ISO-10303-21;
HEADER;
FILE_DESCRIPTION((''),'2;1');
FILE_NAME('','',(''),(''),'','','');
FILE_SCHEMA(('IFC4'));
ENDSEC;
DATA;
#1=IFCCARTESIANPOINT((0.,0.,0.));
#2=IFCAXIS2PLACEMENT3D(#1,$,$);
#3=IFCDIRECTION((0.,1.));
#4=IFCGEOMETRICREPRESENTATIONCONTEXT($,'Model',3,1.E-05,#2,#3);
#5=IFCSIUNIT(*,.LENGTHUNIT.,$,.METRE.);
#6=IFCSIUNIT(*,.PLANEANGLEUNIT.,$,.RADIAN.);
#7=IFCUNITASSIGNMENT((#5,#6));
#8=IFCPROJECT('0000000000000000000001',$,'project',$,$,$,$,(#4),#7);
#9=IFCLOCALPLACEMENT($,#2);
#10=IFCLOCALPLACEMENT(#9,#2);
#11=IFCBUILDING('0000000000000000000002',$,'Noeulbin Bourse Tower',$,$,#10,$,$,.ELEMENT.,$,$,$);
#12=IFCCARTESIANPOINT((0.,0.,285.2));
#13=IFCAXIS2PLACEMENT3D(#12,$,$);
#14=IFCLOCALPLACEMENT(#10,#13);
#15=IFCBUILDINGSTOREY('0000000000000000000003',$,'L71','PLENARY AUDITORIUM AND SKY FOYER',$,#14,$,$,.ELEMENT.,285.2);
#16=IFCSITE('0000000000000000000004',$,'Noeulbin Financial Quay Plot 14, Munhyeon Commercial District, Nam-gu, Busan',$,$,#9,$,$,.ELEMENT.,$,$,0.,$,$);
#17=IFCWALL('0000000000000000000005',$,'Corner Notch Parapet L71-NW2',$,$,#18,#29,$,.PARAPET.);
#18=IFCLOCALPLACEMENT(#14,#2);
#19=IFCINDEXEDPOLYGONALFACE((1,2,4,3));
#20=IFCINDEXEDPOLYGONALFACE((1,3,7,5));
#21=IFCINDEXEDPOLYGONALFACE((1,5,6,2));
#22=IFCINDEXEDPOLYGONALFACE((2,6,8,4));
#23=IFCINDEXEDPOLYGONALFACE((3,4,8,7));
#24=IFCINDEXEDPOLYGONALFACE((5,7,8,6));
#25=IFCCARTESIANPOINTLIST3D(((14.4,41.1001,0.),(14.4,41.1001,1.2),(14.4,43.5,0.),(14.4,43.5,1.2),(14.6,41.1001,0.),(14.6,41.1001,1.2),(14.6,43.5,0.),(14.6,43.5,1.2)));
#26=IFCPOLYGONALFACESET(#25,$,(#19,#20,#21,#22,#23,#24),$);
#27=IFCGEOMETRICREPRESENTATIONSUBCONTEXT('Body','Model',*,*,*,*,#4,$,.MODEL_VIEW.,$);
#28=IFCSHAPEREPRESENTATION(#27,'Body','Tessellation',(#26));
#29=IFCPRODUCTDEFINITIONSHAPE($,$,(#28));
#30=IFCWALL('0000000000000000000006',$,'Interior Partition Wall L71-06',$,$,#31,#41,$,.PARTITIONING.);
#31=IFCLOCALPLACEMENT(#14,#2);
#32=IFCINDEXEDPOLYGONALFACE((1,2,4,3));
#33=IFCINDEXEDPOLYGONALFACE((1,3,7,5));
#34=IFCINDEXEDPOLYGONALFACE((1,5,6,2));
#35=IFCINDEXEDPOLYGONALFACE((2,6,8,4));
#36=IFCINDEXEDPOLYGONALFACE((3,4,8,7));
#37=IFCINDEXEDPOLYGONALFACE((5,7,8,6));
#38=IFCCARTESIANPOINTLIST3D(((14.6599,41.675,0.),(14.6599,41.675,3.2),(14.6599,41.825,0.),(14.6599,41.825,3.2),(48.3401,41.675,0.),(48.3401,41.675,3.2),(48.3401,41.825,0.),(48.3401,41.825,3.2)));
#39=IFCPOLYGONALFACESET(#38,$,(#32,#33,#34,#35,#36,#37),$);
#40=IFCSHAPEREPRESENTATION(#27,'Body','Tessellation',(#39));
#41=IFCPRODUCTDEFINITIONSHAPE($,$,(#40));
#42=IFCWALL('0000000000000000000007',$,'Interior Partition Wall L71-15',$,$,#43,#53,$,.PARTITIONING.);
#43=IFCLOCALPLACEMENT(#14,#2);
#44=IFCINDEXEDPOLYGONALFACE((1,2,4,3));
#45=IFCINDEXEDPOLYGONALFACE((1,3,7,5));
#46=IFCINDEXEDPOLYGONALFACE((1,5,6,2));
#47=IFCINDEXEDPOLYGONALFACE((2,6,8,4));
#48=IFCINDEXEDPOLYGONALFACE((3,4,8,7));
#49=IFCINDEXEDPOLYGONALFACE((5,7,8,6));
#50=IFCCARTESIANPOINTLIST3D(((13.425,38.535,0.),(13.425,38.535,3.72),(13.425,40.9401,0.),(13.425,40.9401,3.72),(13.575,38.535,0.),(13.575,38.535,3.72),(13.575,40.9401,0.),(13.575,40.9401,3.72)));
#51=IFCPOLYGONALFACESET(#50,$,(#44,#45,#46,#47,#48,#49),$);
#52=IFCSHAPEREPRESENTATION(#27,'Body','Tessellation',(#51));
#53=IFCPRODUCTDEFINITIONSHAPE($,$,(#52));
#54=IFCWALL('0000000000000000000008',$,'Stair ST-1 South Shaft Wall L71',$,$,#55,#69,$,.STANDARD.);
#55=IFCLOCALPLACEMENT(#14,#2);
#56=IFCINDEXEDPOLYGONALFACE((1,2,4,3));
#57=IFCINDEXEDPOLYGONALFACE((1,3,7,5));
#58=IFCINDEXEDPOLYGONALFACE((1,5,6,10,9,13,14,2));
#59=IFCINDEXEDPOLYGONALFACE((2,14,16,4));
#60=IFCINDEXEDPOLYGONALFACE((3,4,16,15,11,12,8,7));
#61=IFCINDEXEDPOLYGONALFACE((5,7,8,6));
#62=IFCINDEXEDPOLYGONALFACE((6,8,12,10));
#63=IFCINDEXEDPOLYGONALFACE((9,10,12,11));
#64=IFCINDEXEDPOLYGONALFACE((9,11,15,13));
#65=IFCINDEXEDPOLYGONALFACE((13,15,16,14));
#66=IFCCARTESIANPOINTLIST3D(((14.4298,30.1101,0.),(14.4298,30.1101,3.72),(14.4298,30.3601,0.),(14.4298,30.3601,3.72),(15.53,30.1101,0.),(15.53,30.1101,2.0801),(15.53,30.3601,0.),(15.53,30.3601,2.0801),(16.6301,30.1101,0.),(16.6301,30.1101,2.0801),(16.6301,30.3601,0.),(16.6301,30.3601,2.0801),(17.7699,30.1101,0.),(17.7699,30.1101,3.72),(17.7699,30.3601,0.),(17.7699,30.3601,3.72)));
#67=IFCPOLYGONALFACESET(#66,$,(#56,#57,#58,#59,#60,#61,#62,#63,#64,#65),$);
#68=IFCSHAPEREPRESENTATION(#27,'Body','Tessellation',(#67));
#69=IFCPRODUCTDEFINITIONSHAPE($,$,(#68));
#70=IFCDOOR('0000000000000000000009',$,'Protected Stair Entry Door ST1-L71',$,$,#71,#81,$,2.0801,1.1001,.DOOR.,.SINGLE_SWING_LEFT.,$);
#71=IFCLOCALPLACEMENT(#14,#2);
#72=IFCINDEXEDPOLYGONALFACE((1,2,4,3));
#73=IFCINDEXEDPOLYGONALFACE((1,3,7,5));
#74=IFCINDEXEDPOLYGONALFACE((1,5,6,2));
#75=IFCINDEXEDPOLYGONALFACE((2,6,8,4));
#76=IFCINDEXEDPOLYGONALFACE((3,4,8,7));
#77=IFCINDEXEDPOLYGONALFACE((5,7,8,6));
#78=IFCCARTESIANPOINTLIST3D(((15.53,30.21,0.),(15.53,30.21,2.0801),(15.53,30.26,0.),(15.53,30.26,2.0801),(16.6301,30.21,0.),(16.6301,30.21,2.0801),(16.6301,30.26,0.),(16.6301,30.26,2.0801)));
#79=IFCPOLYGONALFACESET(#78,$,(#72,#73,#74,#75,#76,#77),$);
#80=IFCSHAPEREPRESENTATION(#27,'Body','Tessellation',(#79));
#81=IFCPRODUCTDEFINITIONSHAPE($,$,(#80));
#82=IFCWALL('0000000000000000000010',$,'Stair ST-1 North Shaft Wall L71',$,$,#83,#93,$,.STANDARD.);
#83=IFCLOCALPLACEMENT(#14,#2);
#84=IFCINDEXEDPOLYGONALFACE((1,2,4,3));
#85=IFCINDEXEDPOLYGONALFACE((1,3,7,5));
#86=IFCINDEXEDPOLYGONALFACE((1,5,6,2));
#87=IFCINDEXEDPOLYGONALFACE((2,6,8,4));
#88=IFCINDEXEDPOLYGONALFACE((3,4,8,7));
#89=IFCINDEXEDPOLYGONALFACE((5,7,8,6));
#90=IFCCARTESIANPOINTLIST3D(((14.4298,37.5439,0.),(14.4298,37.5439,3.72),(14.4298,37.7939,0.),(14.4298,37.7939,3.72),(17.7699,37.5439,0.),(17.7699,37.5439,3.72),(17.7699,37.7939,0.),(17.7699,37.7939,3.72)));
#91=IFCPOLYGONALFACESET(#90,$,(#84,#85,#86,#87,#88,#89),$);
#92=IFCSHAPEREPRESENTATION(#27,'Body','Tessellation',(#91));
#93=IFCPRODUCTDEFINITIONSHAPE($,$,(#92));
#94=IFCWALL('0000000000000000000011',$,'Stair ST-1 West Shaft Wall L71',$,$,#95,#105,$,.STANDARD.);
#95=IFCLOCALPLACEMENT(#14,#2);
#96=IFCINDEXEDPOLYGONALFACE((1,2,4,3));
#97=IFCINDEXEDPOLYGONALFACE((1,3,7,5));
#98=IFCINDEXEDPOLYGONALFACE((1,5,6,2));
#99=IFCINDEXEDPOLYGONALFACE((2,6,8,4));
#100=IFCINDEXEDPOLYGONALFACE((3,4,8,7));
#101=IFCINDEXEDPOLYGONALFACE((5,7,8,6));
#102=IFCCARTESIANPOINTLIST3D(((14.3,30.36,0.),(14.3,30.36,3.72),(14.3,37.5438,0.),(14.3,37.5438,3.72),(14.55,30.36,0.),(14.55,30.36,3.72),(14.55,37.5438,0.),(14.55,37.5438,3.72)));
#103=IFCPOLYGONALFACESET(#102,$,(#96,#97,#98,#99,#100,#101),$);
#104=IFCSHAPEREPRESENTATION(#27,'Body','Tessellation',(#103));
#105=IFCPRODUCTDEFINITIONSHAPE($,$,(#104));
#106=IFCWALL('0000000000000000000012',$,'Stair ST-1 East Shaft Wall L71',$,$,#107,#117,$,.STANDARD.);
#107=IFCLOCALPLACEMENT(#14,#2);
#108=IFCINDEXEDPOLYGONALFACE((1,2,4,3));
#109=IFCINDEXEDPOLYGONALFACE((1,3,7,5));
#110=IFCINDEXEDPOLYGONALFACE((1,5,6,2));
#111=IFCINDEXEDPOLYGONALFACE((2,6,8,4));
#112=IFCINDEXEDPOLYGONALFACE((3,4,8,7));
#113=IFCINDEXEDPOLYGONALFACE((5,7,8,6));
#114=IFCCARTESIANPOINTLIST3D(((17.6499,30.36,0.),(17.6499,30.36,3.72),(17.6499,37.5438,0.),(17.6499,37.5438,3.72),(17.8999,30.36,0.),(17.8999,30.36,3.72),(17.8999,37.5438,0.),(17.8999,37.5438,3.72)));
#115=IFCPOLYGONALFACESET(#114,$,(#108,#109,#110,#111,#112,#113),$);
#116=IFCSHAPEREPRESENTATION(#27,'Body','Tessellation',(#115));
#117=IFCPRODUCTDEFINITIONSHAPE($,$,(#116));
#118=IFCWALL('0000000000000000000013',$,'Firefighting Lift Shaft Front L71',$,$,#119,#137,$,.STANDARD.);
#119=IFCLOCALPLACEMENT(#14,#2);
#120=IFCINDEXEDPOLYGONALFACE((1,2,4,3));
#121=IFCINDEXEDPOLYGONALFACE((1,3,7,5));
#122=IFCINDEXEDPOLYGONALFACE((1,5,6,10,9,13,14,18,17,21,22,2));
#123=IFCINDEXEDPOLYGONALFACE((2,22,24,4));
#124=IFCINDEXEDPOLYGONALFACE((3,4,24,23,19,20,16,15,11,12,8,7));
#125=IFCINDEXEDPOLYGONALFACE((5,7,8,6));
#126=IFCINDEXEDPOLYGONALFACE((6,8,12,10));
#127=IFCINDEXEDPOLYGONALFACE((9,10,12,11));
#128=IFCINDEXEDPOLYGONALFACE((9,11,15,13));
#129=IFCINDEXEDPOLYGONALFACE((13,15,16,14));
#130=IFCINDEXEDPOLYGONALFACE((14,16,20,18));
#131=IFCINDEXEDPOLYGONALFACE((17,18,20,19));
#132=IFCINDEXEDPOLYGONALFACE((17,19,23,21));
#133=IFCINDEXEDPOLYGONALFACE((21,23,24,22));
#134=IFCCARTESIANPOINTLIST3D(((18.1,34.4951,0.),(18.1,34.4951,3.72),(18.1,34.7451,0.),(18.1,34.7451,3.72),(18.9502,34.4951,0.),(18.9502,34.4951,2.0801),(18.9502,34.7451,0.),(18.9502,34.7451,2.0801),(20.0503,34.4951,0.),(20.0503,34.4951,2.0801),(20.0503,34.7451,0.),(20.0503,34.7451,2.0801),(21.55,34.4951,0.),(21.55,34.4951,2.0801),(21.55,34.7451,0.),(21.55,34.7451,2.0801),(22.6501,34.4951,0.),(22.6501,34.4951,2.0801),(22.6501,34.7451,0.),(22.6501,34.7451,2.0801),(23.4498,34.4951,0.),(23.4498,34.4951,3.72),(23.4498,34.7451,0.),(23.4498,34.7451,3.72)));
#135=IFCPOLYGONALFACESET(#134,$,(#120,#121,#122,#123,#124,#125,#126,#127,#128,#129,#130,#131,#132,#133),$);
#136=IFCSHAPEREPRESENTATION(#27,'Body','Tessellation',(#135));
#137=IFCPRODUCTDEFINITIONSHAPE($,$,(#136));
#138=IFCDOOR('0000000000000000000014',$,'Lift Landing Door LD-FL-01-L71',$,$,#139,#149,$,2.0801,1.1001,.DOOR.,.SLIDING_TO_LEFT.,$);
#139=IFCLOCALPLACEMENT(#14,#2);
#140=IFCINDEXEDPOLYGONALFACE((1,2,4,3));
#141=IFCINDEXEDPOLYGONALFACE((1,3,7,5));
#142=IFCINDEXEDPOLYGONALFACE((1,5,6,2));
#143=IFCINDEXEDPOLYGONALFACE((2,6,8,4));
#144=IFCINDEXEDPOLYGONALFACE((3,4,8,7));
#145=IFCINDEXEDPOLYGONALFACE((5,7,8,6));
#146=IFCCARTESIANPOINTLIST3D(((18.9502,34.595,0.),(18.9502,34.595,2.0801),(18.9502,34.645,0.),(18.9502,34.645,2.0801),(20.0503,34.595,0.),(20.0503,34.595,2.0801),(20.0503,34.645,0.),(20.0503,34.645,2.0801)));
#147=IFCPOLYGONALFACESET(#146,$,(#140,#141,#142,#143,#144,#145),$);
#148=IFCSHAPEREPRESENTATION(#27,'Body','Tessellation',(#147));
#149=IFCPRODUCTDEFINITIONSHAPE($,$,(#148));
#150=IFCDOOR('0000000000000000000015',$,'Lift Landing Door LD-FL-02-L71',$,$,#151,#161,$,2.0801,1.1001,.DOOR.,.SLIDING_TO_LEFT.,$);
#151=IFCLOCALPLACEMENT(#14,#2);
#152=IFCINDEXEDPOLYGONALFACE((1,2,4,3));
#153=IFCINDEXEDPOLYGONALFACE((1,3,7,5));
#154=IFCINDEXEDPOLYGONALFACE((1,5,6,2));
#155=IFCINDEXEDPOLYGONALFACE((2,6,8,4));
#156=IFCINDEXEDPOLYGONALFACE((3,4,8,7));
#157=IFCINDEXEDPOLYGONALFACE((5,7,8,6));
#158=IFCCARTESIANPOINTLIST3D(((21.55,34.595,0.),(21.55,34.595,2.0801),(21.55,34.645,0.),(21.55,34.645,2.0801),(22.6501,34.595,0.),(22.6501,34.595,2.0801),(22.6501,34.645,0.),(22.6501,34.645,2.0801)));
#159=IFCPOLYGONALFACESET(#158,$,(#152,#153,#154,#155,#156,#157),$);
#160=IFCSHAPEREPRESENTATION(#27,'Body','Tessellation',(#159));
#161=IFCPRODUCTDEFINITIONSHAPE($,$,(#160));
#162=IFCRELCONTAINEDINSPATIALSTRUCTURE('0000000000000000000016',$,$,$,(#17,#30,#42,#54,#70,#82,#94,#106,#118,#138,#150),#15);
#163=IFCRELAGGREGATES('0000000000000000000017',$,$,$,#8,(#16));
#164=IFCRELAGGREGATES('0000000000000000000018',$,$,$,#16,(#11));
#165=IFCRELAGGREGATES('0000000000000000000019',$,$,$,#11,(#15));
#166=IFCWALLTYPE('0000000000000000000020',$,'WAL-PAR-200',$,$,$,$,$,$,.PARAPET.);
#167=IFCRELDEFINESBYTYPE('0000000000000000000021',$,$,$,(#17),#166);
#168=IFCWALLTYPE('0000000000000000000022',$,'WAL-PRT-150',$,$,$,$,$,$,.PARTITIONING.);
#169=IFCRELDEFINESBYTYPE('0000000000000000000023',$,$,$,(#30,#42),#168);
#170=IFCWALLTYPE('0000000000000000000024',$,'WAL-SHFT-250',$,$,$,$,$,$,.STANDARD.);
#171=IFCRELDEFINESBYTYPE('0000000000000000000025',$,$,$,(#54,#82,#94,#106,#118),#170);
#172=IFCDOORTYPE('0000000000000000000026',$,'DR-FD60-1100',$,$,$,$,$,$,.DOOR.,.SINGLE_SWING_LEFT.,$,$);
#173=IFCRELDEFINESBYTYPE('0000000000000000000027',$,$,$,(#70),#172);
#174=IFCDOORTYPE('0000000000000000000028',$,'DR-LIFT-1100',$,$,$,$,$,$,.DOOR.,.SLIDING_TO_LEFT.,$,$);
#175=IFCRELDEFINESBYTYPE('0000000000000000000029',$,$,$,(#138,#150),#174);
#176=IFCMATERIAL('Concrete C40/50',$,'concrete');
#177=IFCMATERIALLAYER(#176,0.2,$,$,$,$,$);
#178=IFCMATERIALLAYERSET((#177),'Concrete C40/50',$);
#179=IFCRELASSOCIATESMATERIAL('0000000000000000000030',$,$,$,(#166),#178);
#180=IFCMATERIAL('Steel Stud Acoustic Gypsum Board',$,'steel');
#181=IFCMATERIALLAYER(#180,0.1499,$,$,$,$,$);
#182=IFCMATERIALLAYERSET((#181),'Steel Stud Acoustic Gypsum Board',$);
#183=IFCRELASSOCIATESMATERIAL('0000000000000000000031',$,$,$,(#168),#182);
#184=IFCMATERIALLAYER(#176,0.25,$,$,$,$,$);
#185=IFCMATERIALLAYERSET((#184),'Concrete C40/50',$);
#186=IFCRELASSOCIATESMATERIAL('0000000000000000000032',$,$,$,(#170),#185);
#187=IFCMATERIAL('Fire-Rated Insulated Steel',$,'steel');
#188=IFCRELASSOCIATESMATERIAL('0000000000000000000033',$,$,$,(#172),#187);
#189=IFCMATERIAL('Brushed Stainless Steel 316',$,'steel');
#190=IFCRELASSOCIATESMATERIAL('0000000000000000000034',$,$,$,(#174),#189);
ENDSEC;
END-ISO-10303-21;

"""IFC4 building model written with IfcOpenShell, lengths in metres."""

from ifc_helpers import new_model, si_unit, direction, frame, frame_2d, origin, place, context, subcontext, project, spatial, rectangle, extrude, material, layer, layer_set, type_object, element, fill, save


model = new_model("IFC4")

# Units and contexts
model_context = context("Model", 3, precision=1e-05, world=origin(), true_north=direction((0.0, 1.0)))
body_context = subcontext(model_context, "Body", "Model", "MODEL_VIEW")
ifc_project = project(units=[si_unit("LENGTHUNIT", "METRE"), si_unit("PLANEANGLEUNIT", "RADIAN")], contexts=[model_context])

# Site, building, storey
site_placement = place(None, origin())
site = spatial("IfcSite", under=ifc_project, at=site_placement, Name="Noeulbin Financial Quay Plot 14, Munhyeon Commercial District, Nam-gu, Busan", CompositionType="ELEMENT", RefElevation=0.0)
building_placement = place(site_placement, origin())
building = spatial("IfcBuilding", under=site, at=building_placement, Name="Noeulbin Bourse Tower", CompositionType="ELEMENT")
storey_placement = place(building_placement, frame((0.0, 0.0, 285.2)))
storey = spatial("IfcBuildingStorey", under=building, at=storey_placement, Name="L71", Description="PLENARY AUDITORIUM AND SKY FOYER", CompositionType="ELEMENT", Elevation=285.2)

# Walls
ifc_material_1 = material(Name="Concrete C40/50", Category="concrete")
ifc_layer_1 = layer(ifc_material_1, 0.2)
ifc_layer_set_1 = layer_set([ifc_layer_1], Name="Concrete C40/50")
wall_type_1 = type_object("IfcWallType", Name="WAL-PAR-200", PredefinedType="PARAPET", material=ifc_layer_set_1)
for number, where, z_axis, x_axis, name in (
    (1, (14.5, 41.1001, 0.0), (0.0, 0.0, 1.0), (0.0, 1.0, 0.0), "Corner Notch Parapet L71-NW2"),
):
    element("IfcWall", number, at=place(storey_placement, frame(where, z_axis=z_axis, x_axis=x_axis)), inside=storey, type_object=wall_type_1, Name=name, PredefinedType="PARAPET", context=body_context, shape_type="SweptSolid", body=[
        extrude(rectangle(XDim=2.3999, YDim=0.2, at=frame_2d((1.2, 0.0))), origin(), (0.0, 0.0, 1.0), 1.2),
    ])
ifc_material_2 = material(Name="Steel Stud Acoustic Gypsum Board", Category="steel")
ifc_layer_2 = layer(ifc_material_2, 0.1499)
ifc_layer_set_2 = layer_set([ifc_layer_2], Name="Steel Stud Acoustic Gypsum Board")
wall_type_2 = type_object("IfcWallType", Name="WAL-PRT-150", PredefinedType="PARTITIONING", material=ifc_layer_set_2)
wall_1_placement = place(storey_placement, frame((14.6599, 41.75, 0.0), z_axis=(0.0, 0.0, 1.0), x_axis=(1.0, 0.0, 0.0)))
element("IfcWall", 2, at=wall_1_placement, inside=storey, type_object=wall_type_2, Name="Interior Partition Wall L71-06", PredefinedType="PARTITIONING", context=body_context, shape_type="SweptSolid", body=[
    extrude(rectangle(XDim=33.6802, YDim=0.1499, at=frame_2d((16.8401, 0.0))), origin(), (0.0, 0.0, 1.0), 3.2),
])
wall_2_placement = place(storey_placement, frame((13.5, 38.5349, 0.0), z_axis=(0.0, 0.0, 1.0), x_axis=(0.0, 1.0, 0.0)))
element("IfcWall", 3, at=wall_2_placement, inside=storey, type_object=wall_type_2, Name="Interior Partition Wall L71-15", PredefinedType="PARTITIONING", context=body_context, shape_type="SweptSolid", body=[
    extrude(rectangle(XDim=2.405, YDim=0.1499, at=frame_2d((1.2026, 0.0))), origin(), (0.0, 0.0, 1.0), 3.72),
])

# Wall, opening, door
ifc_layer_3 = layer(ifc_material_1, 0.25)
ifc_layer_set_3 = layer_set([ifc_layer_3], Name="Concrete C40/50")
wall_type_3 = type_object("IfcWallType", Name="WAL-SHFT-250", PredefinedType="STANDARD", material=ifc_layer_set_3)
wall_3_placement = place(storey_placement, frame((14.4299, 30.2351, 0.0), z_axis=(0.0, 0.0, 1.0), x_axis=(1.0, 0.0, 0.0)))
wall_3 = element("IfcWall", 4, at=wall_3_placement, inside=storey, type_object=wall_type_3, Name="Stair ST-1 South Shaft Wall L71", PredefinedType="STANDARD", context=body_context, shape_type="SweptSolid", body=[
    extrude(rectangle(XDim=3.3401, YDim=0.25, at=frame_2d((1.6699, 0.0))), origin(), (0.0, 0.0, 1.0), 3.72),
])
opening_1_placement = place(wall_3_placement, frame((1.1001, 0.0, 0.0)))
opening_1 = element("IfcOpeningElement", 5, at=opening_1_placement, cuts=wall_3, PredefinedType="OPENING", context=body_context, shape_type="SweptSolid", body=[
    extrude(rectangle(XDim=1.1001, YDim=2.0801, at=frame_2d((0.55, 1.04))), frame((0.0, 0.135, 0.0), z_axis=(0.0, -1.0, 0.0), x_axis=(1.0, 0.0, 0.0)), (0.0, 0.0, 1.0), 0.27),
])
ifc_material_3 = material(Name="Fire-Rated Insulated Steel", Category="steel")
door_type_1 = type_object("IfcDoorType", Name="DR-FD60-1100", OperationType="SINGLE_SWING_LEFT", PredefinedType="DOOR", material=ifc_material_3)
door_1_placement = place(opening_1_placement, origin())
door_1 = element("IfcDoor", 6, at=door_1_placement, inside=storey, type_object=door_type_1, Name="Protected Stair Entry Door ST1-L71", OperationType="SINGLE_SWING_LEFT", OverallHeight=2.0801, OverallWidth=1.1001, PredefinedType="DOOR", context=body_context, shape_type="SweptSolid", body=[
    extrude(rectangle(XDim=1.1001, YDim=2.0801, at=frame_2d((0.55, 1.04))), frame((0.0, 0.0249, 0.0), z_axis=(0.0, -1.0, 0.0), x_axis=(1.0, 0.0, 0.0)), (0.0, 0.0, 1.0), 0.05),
])
fill(opening_1, door_1)

# Walls
wall_4_placement = place(storey_placement, frame((14.4299, 37.6689, 0.0), z_axis=(0.0, 0.0, 1.0), x_axis=(1.0, 0.0, 0.0)))
element("IfcWall", 7, at=wall_4_placement, inside=storey, type_object=wall_type_3, Name="Stair ST-1 North Shaft Wall L71", PredefinedType="STANDARD", context=body_context, shape_type="SweptSolid", body=[
    extrude(rectangle(XDim=3.3401, YDim=0.25, at=frame_2d((1.6699, 0.0))), origin(), (0.0, 0.0, 1.0), 3.72),
])
for number, where, z_axis, x_axis, name in (
    (8, (14.425, 30.3601, 0.0), (0.0, 0.0, 1.0), (0.0, 1.0, 0.0), "Stair ST-1 West Shaft Wall L71"),
    (9, (17.7749, 30.3601, 0.0), (0.0, 0.0, 1.0), (0.0, 1.0, 0.0), "Stair ST-1 East Shaft Wall L71"),
):
    element("IfcWall", number, at=place(storey_placement, frame(where, z_axis=z_axis, x_axis=x_axis)), inside=storey, type_object=wall_type_3, Name=name, PredefinedType="STANDARD", context=body_context, shape_type="SweptSolid", body=[
        extrude(rectangle(XDim=7.1838, YDim=0.25, at=frame_2d((3.5918, 0.0))), origin(), (0.0, 0.0, 1.0), 3.72),
    ])

# Wall, openings, doors
wall_5_placement = place(storey_placement, frame((18.1001, 34.6201, 0.0), z_axis=(0.0, 0.0, 1.0), x_axis=(1.0, 0.0, 0.0)))
wall_5 = element("IfcWall", 10, at=wall_5_placement, inside=storey, type_object=wall_type_3, Name="Firefighting Lift Shaft Front L71", PredefinedType="STANDARD", context=body_context, shape_type="SweptSolid", body=[
    extrude(rectangle(XDim=5.3499, YDim=0.25, at=frame_2d((2.6748, 0.0))), origin(), (0.0, 0.0, 1.0), 3.72),
])
opening_2_placement = place(wall_5_placement, frame((0.8501, 0.0, 0.0)))
opening_2 = element("IfcOpeningElement", 11, at=opening_2_placement, cuts=wall_5, PredefinedType="OPENING", context=body_context, shape_type="SweptSolid", body=[
    extrude(rectangle(XDim=1.1001, YDim=2.0801, at=frame_2d((0.55, 1.04))), frame((0.0, 0.135, 0.0), z_axis=(0.0, -1.0, 0.0), x_axis=(1.0, 0.0, 0.0)), (0.0, 0.0, 1.0), 0.27),
])
opening_3_placement = place(wall_5_placement, frame((3.45, 0.0, 0.0)))
opening_3 = element("IfcOpeningElement", 12, at=opening_3_placement, cuts=wall_5, PredefinedType="OPENING", context=body_context, shape_type="SweptSolid", body=[
    extrude(rectangle(XDim=1.1001, YDim=2.0801, at=frame_2d((0.55, 1.04))), frame((0.0, 0.135, 0.0), z_axis=(0.0, -1.0, 0.0), x_axis=(1.0, 0.0, 0.0)), (0.0, 0.0, 1.0), 0.27),
])
ifc_material_4 = material(Name="Brushed Stainless Steel 316", Category="steel")
door_type_2 = type_object("IfcDoorType", Name="DR-LIFT-1100", OperationType="SLIDING_TO_LEFT", PredefinedType="DOOR", material=ifc_material_4)
door_2_placement = place(opening_2_placement, origin())
door_2 = element("IfcDoor", 13, at=door_2_placement, inside=storey, type_object=door_type_2, Name="Lift Landing Door LD-FL-01-L71", OperationType="SLIDING_TO_LEFT", OverallHeight=2.0801, OverallWidth=1.1001, PredefinedType="DOOR", context=body_context, shape_type="SweptSolid", body=[
    extrude(rectangle(XDim=1.1001, YDim=2.0801, at=frame_2d((0.55, 1.04))), frame((0.0, 0.0249, 0.0), z_axis=(0.0, -1.0, 0.0), x_axis=(1.0, 0.0, 0.0)), (0.0, 0.0, 1.0), 0.05),
])
fill(opening_2, door_2)
door_3_placement = place(opening_3_placement, origin())
door_3 = element("IfcDoor", 14, at=door_3_placement, inside=storey, type_object=door_type_2, Name="Lift Landing Door LD-FL-02-L71", OperationType="SLIDING_TO_LEFT", OverallHeight=2.0801, OverallWidth=1.1001, PredefinedType="DOOR", context=body_context, shape_type="SweptSolid", body=[
    extrude(rectangle(XDim=1.1001, YDim=2.0801, at=frame_2d((0.55, 1.04))), frame((0.0, 0.0249, 0.0), z_axis=(0.0, -1.0, 0.0), x_axis=(1.0, 0.0, 0.0)), (0.0, 0.0, 1.0), 0.05),
])
fill(opening_3, door_3)

save(model, "model.ifc")
